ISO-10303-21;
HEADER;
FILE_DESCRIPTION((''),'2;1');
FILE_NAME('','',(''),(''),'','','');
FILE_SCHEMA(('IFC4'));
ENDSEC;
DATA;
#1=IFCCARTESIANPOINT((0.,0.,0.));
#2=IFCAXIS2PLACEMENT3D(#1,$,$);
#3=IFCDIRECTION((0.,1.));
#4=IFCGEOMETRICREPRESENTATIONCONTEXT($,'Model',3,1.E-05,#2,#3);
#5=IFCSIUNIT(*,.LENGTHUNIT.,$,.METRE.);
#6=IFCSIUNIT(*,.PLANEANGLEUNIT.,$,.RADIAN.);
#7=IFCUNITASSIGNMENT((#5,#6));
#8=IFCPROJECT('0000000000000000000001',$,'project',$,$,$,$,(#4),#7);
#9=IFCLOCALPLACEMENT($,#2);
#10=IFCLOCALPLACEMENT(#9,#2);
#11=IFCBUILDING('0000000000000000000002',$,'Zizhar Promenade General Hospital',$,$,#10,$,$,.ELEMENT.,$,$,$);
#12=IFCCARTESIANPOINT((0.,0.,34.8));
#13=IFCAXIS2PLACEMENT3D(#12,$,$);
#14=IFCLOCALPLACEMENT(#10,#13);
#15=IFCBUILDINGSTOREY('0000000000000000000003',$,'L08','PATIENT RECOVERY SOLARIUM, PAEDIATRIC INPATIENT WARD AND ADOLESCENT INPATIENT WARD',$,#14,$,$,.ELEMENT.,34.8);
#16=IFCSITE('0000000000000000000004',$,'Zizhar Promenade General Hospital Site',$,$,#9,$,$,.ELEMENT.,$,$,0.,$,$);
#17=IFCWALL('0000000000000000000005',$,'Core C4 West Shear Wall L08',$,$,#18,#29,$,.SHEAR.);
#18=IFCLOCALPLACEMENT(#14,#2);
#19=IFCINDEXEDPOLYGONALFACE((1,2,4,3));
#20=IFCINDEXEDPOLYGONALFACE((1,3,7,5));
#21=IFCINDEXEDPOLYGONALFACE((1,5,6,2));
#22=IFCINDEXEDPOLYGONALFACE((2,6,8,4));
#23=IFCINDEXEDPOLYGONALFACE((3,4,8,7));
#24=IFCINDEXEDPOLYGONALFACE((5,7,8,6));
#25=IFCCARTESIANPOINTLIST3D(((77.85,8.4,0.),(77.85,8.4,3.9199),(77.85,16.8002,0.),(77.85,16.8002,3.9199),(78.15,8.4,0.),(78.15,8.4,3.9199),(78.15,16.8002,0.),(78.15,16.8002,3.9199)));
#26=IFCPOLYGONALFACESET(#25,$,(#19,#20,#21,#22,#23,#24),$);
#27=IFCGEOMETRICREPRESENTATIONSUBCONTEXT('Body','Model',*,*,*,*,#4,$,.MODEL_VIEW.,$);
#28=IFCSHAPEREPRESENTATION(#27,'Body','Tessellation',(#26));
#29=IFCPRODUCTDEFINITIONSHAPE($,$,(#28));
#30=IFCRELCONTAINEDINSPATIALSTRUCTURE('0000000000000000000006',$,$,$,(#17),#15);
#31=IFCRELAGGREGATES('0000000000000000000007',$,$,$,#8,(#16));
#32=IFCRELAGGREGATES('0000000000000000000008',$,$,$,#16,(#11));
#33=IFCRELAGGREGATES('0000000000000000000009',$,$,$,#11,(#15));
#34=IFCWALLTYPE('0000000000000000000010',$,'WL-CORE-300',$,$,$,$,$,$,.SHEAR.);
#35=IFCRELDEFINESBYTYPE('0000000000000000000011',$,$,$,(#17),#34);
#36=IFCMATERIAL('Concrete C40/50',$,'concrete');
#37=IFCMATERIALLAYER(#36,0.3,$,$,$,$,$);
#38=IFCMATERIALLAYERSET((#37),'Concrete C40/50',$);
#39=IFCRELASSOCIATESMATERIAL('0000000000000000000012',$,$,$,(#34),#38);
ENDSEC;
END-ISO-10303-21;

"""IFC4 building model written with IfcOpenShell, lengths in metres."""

from ifc_helpers import new_model, si_unit, direction, frame, frame_2d, origin, place, context, subcontext, project, spatial, rectangle, extrude, material, layer, layer_set, type_object, element, save


model = new_model("IFC4")

# Units and contexts
model_context = context("Model", 3, precision=1e-05, world=origin(), true_north=direction((0.0, 1.0)))
body_context = subcontext(model_context, "Body", "Model", "MODEL_VIEW")
ifc_project = project(units=[si_unit("LENGTHUNIT", "METRE"), si_unit("PLANEANGLEUNIT", "RADIAN")], contexts=[model_context])

# Site, building, storey
site_placement = place(None, origin())
site = spatial("IfcSite", under=ifc_project, at=site_placement, Name="Zizhar Promenade General Hospital Site", CompositionType="ELEMENT", RefElevation=0.0)
building_placement = place(site_placement, origin())
building = spatial("IfcBuilding", under=site, at=building_placement, Name="Zizhar Promenade General Hospital", CompositionType="ELEMENT")
storey_placement = place(building_placement, frame((0.0, 0.0, 34.8)))
storey = spatial("IfcBuildingStorey", under=building, at=storey_placement, Name="L08", Description="PATIENT RECOVERY SOLARIUM, PAEDIATRIC INPATIENT WARD AND ADOLESCENT INPATIENT WARD", CompositionType="ELEMENT", Elevation=34.8)

# Wall
ifc_material_1 = material(Name="Concrete C40/50", Category="concrete")
ifc_layer_1 = layer(ifc_material_1, 0.3)
ifc_layer_set_1 = layer_set([ifc_layer_1], Name="Concrete C40/50")
wall_type_1 = type_object("IfcWallType", Name="WL-CORE-300", PredefinedType="SHEAR", material=ifc_layer_set_1)
wall_1_placement = place(storey_placement, frame((78.0, 8.3999, 0.0), z_axis=(0.0, 0.0, 1.0), x_axis=(0.0, 1.0, 0.0)))
element("IfcWall", 1, at=wall_1_placement, inside=storey, type_object=wall_type_1, Name="Core C4 West Shear Wall L08", PredefinedType="SHEAR", context=body_context, shape_type="SweptSolid", body=[
    extrude(rectangle(XDim=8.4001, YDim=0.3, at=frame_2d((4.2002, 0.0))), origin(), (0.0, 0.0, 1.0), 3.9199),
])

save(model, "model.ifc")
